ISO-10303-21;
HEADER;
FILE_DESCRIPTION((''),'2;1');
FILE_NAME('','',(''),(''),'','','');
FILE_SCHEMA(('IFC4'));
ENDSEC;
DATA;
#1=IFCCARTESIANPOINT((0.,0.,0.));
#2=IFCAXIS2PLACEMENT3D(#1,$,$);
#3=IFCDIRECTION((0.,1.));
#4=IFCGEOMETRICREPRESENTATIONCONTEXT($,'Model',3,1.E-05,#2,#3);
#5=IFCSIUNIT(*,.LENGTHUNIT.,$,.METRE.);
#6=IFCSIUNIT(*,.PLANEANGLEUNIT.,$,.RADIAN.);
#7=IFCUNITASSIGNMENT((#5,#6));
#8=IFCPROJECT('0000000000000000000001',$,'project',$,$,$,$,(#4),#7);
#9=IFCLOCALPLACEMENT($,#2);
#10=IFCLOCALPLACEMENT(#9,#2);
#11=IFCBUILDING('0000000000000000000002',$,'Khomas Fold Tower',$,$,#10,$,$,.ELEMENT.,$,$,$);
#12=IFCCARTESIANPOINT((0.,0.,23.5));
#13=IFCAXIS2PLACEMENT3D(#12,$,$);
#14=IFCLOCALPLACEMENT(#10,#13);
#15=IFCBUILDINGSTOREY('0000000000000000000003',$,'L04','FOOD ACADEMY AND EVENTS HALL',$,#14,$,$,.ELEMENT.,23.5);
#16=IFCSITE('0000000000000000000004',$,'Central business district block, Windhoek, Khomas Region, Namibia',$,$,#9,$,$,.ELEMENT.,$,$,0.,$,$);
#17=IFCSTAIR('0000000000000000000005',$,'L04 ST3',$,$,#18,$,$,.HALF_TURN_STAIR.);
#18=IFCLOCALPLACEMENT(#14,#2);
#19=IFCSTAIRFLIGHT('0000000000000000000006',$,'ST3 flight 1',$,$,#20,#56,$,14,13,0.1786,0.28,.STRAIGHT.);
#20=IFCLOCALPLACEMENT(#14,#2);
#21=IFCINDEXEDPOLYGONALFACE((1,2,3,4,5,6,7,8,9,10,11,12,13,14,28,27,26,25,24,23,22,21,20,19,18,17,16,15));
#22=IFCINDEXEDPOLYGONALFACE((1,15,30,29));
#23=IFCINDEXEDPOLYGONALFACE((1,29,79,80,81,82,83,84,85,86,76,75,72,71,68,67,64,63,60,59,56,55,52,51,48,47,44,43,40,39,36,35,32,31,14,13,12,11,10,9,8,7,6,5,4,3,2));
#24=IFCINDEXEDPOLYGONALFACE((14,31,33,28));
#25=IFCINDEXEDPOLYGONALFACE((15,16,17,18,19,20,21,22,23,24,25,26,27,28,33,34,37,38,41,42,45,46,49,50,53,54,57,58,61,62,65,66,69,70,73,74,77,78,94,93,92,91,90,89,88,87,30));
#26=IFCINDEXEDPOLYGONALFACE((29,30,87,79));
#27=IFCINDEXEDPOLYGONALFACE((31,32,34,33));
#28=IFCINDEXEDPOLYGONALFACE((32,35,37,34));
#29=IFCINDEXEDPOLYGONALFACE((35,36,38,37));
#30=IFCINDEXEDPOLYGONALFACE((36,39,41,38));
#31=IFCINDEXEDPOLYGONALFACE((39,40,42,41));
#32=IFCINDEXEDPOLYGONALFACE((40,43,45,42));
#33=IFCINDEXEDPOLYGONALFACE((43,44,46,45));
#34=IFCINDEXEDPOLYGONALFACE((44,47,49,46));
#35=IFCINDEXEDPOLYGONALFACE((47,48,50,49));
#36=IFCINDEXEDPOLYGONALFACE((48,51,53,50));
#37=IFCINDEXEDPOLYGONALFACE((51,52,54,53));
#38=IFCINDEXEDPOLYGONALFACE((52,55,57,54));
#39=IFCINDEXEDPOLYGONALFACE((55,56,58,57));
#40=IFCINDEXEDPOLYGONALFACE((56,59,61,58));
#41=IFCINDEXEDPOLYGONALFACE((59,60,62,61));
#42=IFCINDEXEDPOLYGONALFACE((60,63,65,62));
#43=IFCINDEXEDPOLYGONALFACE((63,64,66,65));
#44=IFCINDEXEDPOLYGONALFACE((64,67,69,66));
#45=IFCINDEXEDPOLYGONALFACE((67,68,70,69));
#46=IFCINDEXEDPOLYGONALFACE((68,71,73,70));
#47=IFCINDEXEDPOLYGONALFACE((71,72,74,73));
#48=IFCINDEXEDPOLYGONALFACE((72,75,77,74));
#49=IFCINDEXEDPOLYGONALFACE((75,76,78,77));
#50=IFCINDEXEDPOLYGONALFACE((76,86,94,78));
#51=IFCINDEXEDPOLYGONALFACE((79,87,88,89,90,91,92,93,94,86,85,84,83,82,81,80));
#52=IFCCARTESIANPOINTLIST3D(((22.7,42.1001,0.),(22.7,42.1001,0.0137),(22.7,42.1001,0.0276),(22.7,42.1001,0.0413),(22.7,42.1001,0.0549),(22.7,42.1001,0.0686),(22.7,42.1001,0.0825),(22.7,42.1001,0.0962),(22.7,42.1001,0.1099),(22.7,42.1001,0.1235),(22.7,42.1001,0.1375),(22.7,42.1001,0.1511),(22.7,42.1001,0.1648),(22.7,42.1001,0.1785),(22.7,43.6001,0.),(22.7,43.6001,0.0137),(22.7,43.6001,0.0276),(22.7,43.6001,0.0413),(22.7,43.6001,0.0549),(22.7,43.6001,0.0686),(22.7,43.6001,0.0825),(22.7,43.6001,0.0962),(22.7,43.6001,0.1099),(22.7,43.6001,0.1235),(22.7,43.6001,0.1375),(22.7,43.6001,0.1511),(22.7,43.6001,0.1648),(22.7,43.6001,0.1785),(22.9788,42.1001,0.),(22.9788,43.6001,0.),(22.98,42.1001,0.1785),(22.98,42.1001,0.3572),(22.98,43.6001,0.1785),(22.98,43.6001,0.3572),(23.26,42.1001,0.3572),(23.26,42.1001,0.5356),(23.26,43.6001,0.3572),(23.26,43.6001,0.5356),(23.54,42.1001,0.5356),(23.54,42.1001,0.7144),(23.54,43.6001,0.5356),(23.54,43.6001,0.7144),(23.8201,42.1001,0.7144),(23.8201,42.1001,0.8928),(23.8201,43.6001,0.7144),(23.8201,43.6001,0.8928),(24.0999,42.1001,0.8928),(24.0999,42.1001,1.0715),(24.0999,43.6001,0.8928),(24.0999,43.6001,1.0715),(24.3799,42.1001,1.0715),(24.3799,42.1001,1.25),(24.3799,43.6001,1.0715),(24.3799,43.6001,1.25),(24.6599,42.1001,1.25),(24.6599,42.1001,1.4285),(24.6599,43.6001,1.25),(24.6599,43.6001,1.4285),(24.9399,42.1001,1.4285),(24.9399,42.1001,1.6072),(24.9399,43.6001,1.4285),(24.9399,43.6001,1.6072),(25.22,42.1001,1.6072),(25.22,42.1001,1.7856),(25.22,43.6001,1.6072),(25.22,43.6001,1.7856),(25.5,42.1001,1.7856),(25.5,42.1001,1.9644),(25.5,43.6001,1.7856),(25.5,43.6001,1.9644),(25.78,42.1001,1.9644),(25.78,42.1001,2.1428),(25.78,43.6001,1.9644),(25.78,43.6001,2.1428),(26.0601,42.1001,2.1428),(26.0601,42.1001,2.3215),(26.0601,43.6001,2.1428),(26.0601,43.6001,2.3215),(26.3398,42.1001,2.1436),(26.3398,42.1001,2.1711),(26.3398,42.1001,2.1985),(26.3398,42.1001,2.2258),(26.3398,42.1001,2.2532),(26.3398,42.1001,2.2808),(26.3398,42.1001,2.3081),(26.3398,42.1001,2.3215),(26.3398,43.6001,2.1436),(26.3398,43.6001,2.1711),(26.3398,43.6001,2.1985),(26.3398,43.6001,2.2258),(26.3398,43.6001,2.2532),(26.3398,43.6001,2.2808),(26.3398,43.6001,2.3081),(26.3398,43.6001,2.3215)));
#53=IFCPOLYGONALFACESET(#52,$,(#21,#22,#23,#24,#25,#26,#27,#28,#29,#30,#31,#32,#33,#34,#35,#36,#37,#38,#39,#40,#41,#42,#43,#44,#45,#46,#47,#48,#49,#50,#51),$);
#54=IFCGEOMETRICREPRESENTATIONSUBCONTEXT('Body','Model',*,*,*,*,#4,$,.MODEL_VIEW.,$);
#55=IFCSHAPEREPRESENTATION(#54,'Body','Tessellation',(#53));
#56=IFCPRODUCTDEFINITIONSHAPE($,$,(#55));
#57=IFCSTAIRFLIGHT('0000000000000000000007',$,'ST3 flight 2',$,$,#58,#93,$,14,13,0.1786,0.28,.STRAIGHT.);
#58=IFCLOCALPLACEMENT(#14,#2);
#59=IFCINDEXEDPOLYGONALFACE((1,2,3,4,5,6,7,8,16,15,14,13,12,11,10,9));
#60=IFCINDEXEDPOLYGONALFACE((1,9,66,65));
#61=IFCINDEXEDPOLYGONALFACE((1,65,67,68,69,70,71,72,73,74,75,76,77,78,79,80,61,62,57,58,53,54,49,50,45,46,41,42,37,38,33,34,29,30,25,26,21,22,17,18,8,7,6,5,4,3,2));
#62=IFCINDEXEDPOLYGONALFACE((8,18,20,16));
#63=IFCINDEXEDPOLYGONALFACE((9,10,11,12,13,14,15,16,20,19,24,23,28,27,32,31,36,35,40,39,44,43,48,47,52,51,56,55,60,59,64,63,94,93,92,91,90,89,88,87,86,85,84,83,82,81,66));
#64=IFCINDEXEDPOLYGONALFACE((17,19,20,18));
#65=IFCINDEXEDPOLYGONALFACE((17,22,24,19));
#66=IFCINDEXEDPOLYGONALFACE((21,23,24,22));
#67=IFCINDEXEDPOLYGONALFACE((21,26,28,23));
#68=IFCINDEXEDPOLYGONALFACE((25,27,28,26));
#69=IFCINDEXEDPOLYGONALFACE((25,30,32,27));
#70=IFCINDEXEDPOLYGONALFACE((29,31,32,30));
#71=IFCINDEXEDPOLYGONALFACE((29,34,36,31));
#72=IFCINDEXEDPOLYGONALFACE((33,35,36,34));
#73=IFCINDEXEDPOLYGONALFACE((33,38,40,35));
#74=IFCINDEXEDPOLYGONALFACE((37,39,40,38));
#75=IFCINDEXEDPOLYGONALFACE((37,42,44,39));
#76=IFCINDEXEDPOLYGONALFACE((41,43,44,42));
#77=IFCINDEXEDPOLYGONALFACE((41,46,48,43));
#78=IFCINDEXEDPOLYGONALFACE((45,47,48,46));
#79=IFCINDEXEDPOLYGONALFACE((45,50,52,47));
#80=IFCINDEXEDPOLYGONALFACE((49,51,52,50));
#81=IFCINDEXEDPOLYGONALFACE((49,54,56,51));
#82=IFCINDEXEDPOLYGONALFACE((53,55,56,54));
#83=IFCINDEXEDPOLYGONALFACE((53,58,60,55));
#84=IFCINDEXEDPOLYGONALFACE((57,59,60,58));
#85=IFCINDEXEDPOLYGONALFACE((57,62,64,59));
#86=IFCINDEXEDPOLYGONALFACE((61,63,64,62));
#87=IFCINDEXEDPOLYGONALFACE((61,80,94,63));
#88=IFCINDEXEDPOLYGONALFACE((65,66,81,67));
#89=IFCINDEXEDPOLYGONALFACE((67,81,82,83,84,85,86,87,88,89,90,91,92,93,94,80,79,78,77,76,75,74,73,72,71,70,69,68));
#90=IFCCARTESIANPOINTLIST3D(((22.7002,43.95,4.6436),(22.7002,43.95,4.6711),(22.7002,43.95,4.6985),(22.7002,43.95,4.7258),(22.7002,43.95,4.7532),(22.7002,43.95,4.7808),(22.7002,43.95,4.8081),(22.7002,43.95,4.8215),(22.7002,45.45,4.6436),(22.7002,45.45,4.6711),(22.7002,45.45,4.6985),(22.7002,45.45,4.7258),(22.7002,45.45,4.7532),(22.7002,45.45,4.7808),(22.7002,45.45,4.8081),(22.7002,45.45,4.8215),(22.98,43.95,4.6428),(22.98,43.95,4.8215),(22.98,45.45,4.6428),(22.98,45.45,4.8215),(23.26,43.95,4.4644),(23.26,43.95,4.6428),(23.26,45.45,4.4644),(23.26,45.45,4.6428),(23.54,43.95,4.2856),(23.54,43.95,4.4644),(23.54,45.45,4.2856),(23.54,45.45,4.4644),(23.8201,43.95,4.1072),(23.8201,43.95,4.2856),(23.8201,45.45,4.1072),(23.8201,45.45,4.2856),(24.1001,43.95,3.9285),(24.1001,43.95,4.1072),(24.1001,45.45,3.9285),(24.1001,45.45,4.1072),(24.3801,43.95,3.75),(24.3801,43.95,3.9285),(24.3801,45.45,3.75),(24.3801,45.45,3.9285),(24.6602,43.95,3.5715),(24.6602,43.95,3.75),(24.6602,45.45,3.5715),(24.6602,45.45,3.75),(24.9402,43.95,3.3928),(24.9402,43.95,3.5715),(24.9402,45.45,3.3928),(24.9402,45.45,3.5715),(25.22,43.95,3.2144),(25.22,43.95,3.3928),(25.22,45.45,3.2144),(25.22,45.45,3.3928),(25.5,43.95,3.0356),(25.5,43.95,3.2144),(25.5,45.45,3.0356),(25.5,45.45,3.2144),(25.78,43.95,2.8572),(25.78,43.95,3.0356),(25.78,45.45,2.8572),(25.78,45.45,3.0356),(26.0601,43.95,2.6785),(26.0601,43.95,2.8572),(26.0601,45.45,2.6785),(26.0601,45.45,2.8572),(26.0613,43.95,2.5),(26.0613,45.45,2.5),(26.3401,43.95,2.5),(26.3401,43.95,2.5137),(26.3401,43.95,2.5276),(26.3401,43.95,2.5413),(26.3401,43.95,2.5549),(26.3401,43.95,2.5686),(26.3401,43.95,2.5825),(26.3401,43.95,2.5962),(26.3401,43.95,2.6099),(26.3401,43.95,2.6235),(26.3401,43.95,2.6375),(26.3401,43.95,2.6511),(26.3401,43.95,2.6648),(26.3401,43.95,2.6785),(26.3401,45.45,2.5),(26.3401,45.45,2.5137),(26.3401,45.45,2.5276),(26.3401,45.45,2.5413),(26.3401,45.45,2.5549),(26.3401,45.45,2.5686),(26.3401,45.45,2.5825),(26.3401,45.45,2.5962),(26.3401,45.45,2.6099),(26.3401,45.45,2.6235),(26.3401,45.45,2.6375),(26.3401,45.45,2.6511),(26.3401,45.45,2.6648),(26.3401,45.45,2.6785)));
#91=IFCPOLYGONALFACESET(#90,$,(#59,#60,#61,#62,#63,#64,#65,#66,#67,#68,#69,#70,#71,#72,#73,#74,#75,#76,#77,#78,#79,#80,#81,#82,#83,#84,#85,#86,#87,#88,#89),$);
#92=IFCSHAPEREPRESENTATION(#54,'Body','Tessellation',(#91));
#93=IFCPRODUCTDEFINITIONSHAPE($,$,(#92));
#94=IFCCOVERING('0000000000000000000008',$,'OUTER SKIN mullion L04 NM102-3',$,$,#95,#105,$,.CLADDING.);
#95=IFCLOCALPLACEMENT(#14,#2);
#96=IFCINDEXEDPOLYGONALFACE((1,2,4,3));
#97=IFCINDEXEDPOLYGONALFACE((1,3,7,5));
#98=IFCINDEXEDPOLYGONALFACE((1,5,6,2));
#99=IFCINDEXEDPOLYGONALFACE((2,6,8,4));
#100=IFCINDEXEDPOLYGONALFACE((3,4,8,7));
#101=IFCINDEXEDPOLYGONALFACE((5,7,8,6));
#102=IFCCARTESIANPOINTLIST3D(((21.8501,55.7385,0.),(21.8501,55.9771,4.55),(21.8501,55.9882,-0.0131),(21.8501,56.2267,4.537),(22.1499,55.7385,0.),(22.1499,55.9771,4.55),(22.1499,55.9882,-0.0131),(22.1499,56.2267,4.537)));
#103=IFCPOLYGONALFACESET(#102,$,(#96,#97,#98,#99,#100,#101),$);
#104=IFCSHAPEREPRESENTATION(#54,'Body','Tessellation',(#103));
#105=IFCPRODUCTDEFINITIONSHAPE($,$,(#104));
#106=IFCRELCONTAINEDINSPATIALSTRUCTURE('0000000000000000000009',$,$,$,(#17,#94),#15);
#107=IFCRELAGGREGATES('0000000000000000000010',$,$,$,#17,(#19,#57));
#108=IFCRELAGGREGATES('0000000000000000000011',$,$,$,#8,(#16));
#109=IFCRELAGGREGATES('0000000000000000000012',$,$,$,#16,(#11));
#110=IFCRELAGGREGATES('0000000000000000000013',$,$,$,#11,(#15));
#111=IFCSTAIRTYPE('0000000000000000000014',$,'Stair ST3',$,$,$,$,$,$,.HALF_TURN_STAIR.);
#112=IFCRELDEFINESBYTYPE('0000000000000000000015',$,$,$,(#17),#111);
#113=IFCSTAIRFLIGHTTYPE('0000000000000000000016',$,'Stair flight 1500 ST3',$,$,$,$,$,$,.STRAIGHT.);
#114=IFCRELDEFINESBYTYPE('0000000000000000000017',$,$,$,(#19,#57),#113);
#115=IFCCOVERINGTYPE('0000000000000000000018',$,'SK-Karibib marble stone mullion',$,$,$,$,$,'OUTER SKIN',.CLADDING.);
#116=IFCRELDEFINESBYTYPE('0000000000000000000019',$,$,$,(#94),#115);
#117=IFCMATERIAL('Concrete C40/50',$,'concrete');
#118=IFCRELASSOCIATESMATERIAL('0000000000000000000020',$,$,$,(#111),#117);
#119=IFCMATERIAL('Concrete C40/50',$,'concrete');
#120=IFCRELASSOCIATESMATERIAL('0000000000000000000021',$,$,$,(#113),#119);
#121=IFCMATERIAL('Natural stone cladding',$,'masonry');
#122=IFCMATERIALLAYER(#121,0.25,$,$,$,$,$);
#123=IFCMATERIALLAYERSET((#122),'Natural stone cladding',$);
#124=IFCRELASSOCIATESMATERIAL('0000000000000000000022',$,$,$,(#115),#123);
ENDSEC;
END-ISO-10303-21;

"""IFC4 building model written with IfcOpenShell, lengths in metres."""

from ifc_helpers import new_model, si_unit, direction, frame, origin, place, context, subcontext, project, spatial, polyline, outline, extrude, source, transform, mapped, material, layer, layer_set, type_object, element, aggregate, save


model = new_model("IFC4")

# Units and contexts
model_context = context("Model", 3, precision=1e-05, world=origin(), true_north=direction((0.0, 1.0)))
body_context = subcontext(model_context, "Body", "Model", "MODEL_VIEW")
ifc_project = project(units=[si_unit("LENGTHUNIT", "METRE"), si_unit("PLANEANGLEUNIT", "RADIAN")], contexts=[model_context])

# Site, building, storey
site_placement = place(None, origin())
site = spatial("IfcSite", under=ifc_project, at=site_placement, Name="Central business district block, Windhoek, Khomas Region, Namibia", CompositionType="ELEMENT", RefElevation=0.0)
building_placement = place(site_placement, origin())
building = spatial("IfcBuilding", under=site, at=building_placement, Name="Khomas Fold Tower", CompositionType="ELEMENT")
storey_placement = place(building_placement, frame((0.0, 0.0, 23.5)))
storey = spatial("IfcBuildingStorey", under=building, at=storey_placement, Name="L04", Description="FOOD ACADEMY AND EVENTS HALL", CompositionType="ELEMENT", Elevation=23.5)

# Shared definitions
shared_shape_1 = source(origin(), body_context, "Body", "SweptSolid", [
    extrude(outline(polyline([(0.0, 0.0), (0.0, 0.0137), (0.0, 0.0276), (0.0, 0.0413), (0.0, 0.0549), (0.0, 0.0686), (0.0, 0.0825), (0.0, 0.0962), (0.0, 0.1099), (0.0, 0.1235), (0.0, 0.1375), (0.0, 0.1511), (0.0, 0.1648), (0.0, 0.1785), (0.28, 0.1785), (0.28, 0.3572), (0.5601, 0.3572), (0.5601, 0.5356), (0.8401, 0.5356), (0.8401, 0.7144), (1.1201, 0.7144), (1.1201, 0.8928), (1.3999, 0.8928), (1.3999, 1.0715), (1.6799, 1.0715), (1.6799, 1.25), (1.96, 1.25), (1.96, 1.4285), (2.24, 1.4285), (2.24, 1.6072), (2.52, 1.6072), (2.52, 1.7856), (2.8, 1.7856), (2.8, 1.9644), (3.0801, 1.9644), (3.0801, 2.1428), (3.3601, 2.1428), (3.3601, 2.3215), (3.6399, 2.3215), (3.6399, 2.5), (3.6399, 2.4727), (3.6399, 2.4451), (3.6399, 2.4177), (3.6399, 2.3904), (3.6399, 2.363), (3.6399, 2.3354), (3.6399, 2.3081), (3.6399, 2.2808), (3.6399, 2.2532), (3.6399, 2.2258), (3.6399, 2.1985), (3.6399, 2.1711), (3.6399, 2.1436), (0.2788, 0.0), (0.0, 0.0)])), frame((0.0, 0.75, 0.0), z_axis=(0.0, -1.0, 0.0), x_axis=(1.0, 0.0, 0.0)), (0.0, 0.0, 1.0), 1.5),
])

# Stair, stair flights
ifc_material_1 = material(Name="Concrete C40/50", Category="concrete")
stair_type_1 = type_object("IfcStairType", Name="Stair ST3", PredefinedType="HALF_TURN_STAIR", material=ifc_material_1)
stair_1_placement = place(storey_placement, origin())
stair_1 = element("IfcStair", 1, at=stair_1_placement, inside=storey, type_object=stair_type_1, Name="L04 ST3", PredefinedType="HALF_TURN_STAIR")
ifc_material_2 = material(Name="Concrete C40/50", Category="concrete")
stair_flight_type_1 = type_object("IfcStairFlightType", Name="Stair flight 1500 ST3", PredefinedType="STRAIGHT", material=ifc_material_2)
stair_flight_1_placement = place(storey_placement, frame((22.7, 42.8501, 0.0), z_axis=(0.0, 0.0, 1.0), x_axis=(1.0, 0.0, 0.0)))
stair_flight_1 = element("IfcStairFlight", 2, at=stair_flight_1_placement, type_object=stair_flight_type_1, Name="ST3 flight 1", NumberOfRisers=14, NumberOfTreads=13, PredefinedType="STRAIGHT", RiserHeight=0.1786, TreadLength=0.28, context=body_context, shape_type="MappedRepresentation", body=[
    mapped(shared_shape_1, transform((0.0, 0.0, 0.0))),
])
stair_flight_2_placement = place(storey_placement, frame((26.3401, 44.7, 2.5), z_axis=(0.0, 0.0, 1.0), x_axis=(-1.0, 0.0, 0.0)))
stair_flight_2 = element("IfcStairFlight", 3, at=stair_flight_2_placement, type_object=stair_flight_type_1, Name="ST3 flight 2", NumberOfRisers=14, NumberOfTreads=13, PredefinedType="STRAIGHT", RiserHeight=0.1786, TreadLength=0.28, context=body_context, shape_type="MappedRepresentation", body=[
    mapped(shared_shape_1, transform((0.0, 0.0, 0.0))),
])
aggregate(stair_1, [stair_flight_1, stair_flight_2])

# Covering
ifc_material_3 = material(Name="Natural stone cladding", Category="masonry")
ifc_layer_1 = layer(ifc_material_3, 0.25)
ifc_layer_set_1 = layer_set([ifc_layer_1], Name="Natural stone cladding")
covering_type = type_object("IfcCoveringType", Name="SK-Karibib marble stone mullion", ElementType="OUTER SKIN", PredefinedType="CLADDING", material=ifc_layer_set_1)
covering_placement = place(storey_placement, frame((22.1499, 55.9771, 4.55), z_axis=(0.0, -0.998629, 0.052351), x_axis=(0.0, -0.052351, -0.998629)))
element("IfcCovering", 4, at=covering_placement, inside=storey, type_object=covering_type, Name="OUTER SKIN mullion L04 NM102-3", PredefinedType="CLADDING", context=body_context, shape_type="SweptSolid", body=[
    extrude(outline(polyline([(0.0, 0.0), (4.5563, 0.0), (4.5563, -0.2998), (0.0, -0.2998), (0.0, 0.0)])), origin(), (0.0, 0.0, -1.0), 0.25),
])

save(model, "model.ifc")
